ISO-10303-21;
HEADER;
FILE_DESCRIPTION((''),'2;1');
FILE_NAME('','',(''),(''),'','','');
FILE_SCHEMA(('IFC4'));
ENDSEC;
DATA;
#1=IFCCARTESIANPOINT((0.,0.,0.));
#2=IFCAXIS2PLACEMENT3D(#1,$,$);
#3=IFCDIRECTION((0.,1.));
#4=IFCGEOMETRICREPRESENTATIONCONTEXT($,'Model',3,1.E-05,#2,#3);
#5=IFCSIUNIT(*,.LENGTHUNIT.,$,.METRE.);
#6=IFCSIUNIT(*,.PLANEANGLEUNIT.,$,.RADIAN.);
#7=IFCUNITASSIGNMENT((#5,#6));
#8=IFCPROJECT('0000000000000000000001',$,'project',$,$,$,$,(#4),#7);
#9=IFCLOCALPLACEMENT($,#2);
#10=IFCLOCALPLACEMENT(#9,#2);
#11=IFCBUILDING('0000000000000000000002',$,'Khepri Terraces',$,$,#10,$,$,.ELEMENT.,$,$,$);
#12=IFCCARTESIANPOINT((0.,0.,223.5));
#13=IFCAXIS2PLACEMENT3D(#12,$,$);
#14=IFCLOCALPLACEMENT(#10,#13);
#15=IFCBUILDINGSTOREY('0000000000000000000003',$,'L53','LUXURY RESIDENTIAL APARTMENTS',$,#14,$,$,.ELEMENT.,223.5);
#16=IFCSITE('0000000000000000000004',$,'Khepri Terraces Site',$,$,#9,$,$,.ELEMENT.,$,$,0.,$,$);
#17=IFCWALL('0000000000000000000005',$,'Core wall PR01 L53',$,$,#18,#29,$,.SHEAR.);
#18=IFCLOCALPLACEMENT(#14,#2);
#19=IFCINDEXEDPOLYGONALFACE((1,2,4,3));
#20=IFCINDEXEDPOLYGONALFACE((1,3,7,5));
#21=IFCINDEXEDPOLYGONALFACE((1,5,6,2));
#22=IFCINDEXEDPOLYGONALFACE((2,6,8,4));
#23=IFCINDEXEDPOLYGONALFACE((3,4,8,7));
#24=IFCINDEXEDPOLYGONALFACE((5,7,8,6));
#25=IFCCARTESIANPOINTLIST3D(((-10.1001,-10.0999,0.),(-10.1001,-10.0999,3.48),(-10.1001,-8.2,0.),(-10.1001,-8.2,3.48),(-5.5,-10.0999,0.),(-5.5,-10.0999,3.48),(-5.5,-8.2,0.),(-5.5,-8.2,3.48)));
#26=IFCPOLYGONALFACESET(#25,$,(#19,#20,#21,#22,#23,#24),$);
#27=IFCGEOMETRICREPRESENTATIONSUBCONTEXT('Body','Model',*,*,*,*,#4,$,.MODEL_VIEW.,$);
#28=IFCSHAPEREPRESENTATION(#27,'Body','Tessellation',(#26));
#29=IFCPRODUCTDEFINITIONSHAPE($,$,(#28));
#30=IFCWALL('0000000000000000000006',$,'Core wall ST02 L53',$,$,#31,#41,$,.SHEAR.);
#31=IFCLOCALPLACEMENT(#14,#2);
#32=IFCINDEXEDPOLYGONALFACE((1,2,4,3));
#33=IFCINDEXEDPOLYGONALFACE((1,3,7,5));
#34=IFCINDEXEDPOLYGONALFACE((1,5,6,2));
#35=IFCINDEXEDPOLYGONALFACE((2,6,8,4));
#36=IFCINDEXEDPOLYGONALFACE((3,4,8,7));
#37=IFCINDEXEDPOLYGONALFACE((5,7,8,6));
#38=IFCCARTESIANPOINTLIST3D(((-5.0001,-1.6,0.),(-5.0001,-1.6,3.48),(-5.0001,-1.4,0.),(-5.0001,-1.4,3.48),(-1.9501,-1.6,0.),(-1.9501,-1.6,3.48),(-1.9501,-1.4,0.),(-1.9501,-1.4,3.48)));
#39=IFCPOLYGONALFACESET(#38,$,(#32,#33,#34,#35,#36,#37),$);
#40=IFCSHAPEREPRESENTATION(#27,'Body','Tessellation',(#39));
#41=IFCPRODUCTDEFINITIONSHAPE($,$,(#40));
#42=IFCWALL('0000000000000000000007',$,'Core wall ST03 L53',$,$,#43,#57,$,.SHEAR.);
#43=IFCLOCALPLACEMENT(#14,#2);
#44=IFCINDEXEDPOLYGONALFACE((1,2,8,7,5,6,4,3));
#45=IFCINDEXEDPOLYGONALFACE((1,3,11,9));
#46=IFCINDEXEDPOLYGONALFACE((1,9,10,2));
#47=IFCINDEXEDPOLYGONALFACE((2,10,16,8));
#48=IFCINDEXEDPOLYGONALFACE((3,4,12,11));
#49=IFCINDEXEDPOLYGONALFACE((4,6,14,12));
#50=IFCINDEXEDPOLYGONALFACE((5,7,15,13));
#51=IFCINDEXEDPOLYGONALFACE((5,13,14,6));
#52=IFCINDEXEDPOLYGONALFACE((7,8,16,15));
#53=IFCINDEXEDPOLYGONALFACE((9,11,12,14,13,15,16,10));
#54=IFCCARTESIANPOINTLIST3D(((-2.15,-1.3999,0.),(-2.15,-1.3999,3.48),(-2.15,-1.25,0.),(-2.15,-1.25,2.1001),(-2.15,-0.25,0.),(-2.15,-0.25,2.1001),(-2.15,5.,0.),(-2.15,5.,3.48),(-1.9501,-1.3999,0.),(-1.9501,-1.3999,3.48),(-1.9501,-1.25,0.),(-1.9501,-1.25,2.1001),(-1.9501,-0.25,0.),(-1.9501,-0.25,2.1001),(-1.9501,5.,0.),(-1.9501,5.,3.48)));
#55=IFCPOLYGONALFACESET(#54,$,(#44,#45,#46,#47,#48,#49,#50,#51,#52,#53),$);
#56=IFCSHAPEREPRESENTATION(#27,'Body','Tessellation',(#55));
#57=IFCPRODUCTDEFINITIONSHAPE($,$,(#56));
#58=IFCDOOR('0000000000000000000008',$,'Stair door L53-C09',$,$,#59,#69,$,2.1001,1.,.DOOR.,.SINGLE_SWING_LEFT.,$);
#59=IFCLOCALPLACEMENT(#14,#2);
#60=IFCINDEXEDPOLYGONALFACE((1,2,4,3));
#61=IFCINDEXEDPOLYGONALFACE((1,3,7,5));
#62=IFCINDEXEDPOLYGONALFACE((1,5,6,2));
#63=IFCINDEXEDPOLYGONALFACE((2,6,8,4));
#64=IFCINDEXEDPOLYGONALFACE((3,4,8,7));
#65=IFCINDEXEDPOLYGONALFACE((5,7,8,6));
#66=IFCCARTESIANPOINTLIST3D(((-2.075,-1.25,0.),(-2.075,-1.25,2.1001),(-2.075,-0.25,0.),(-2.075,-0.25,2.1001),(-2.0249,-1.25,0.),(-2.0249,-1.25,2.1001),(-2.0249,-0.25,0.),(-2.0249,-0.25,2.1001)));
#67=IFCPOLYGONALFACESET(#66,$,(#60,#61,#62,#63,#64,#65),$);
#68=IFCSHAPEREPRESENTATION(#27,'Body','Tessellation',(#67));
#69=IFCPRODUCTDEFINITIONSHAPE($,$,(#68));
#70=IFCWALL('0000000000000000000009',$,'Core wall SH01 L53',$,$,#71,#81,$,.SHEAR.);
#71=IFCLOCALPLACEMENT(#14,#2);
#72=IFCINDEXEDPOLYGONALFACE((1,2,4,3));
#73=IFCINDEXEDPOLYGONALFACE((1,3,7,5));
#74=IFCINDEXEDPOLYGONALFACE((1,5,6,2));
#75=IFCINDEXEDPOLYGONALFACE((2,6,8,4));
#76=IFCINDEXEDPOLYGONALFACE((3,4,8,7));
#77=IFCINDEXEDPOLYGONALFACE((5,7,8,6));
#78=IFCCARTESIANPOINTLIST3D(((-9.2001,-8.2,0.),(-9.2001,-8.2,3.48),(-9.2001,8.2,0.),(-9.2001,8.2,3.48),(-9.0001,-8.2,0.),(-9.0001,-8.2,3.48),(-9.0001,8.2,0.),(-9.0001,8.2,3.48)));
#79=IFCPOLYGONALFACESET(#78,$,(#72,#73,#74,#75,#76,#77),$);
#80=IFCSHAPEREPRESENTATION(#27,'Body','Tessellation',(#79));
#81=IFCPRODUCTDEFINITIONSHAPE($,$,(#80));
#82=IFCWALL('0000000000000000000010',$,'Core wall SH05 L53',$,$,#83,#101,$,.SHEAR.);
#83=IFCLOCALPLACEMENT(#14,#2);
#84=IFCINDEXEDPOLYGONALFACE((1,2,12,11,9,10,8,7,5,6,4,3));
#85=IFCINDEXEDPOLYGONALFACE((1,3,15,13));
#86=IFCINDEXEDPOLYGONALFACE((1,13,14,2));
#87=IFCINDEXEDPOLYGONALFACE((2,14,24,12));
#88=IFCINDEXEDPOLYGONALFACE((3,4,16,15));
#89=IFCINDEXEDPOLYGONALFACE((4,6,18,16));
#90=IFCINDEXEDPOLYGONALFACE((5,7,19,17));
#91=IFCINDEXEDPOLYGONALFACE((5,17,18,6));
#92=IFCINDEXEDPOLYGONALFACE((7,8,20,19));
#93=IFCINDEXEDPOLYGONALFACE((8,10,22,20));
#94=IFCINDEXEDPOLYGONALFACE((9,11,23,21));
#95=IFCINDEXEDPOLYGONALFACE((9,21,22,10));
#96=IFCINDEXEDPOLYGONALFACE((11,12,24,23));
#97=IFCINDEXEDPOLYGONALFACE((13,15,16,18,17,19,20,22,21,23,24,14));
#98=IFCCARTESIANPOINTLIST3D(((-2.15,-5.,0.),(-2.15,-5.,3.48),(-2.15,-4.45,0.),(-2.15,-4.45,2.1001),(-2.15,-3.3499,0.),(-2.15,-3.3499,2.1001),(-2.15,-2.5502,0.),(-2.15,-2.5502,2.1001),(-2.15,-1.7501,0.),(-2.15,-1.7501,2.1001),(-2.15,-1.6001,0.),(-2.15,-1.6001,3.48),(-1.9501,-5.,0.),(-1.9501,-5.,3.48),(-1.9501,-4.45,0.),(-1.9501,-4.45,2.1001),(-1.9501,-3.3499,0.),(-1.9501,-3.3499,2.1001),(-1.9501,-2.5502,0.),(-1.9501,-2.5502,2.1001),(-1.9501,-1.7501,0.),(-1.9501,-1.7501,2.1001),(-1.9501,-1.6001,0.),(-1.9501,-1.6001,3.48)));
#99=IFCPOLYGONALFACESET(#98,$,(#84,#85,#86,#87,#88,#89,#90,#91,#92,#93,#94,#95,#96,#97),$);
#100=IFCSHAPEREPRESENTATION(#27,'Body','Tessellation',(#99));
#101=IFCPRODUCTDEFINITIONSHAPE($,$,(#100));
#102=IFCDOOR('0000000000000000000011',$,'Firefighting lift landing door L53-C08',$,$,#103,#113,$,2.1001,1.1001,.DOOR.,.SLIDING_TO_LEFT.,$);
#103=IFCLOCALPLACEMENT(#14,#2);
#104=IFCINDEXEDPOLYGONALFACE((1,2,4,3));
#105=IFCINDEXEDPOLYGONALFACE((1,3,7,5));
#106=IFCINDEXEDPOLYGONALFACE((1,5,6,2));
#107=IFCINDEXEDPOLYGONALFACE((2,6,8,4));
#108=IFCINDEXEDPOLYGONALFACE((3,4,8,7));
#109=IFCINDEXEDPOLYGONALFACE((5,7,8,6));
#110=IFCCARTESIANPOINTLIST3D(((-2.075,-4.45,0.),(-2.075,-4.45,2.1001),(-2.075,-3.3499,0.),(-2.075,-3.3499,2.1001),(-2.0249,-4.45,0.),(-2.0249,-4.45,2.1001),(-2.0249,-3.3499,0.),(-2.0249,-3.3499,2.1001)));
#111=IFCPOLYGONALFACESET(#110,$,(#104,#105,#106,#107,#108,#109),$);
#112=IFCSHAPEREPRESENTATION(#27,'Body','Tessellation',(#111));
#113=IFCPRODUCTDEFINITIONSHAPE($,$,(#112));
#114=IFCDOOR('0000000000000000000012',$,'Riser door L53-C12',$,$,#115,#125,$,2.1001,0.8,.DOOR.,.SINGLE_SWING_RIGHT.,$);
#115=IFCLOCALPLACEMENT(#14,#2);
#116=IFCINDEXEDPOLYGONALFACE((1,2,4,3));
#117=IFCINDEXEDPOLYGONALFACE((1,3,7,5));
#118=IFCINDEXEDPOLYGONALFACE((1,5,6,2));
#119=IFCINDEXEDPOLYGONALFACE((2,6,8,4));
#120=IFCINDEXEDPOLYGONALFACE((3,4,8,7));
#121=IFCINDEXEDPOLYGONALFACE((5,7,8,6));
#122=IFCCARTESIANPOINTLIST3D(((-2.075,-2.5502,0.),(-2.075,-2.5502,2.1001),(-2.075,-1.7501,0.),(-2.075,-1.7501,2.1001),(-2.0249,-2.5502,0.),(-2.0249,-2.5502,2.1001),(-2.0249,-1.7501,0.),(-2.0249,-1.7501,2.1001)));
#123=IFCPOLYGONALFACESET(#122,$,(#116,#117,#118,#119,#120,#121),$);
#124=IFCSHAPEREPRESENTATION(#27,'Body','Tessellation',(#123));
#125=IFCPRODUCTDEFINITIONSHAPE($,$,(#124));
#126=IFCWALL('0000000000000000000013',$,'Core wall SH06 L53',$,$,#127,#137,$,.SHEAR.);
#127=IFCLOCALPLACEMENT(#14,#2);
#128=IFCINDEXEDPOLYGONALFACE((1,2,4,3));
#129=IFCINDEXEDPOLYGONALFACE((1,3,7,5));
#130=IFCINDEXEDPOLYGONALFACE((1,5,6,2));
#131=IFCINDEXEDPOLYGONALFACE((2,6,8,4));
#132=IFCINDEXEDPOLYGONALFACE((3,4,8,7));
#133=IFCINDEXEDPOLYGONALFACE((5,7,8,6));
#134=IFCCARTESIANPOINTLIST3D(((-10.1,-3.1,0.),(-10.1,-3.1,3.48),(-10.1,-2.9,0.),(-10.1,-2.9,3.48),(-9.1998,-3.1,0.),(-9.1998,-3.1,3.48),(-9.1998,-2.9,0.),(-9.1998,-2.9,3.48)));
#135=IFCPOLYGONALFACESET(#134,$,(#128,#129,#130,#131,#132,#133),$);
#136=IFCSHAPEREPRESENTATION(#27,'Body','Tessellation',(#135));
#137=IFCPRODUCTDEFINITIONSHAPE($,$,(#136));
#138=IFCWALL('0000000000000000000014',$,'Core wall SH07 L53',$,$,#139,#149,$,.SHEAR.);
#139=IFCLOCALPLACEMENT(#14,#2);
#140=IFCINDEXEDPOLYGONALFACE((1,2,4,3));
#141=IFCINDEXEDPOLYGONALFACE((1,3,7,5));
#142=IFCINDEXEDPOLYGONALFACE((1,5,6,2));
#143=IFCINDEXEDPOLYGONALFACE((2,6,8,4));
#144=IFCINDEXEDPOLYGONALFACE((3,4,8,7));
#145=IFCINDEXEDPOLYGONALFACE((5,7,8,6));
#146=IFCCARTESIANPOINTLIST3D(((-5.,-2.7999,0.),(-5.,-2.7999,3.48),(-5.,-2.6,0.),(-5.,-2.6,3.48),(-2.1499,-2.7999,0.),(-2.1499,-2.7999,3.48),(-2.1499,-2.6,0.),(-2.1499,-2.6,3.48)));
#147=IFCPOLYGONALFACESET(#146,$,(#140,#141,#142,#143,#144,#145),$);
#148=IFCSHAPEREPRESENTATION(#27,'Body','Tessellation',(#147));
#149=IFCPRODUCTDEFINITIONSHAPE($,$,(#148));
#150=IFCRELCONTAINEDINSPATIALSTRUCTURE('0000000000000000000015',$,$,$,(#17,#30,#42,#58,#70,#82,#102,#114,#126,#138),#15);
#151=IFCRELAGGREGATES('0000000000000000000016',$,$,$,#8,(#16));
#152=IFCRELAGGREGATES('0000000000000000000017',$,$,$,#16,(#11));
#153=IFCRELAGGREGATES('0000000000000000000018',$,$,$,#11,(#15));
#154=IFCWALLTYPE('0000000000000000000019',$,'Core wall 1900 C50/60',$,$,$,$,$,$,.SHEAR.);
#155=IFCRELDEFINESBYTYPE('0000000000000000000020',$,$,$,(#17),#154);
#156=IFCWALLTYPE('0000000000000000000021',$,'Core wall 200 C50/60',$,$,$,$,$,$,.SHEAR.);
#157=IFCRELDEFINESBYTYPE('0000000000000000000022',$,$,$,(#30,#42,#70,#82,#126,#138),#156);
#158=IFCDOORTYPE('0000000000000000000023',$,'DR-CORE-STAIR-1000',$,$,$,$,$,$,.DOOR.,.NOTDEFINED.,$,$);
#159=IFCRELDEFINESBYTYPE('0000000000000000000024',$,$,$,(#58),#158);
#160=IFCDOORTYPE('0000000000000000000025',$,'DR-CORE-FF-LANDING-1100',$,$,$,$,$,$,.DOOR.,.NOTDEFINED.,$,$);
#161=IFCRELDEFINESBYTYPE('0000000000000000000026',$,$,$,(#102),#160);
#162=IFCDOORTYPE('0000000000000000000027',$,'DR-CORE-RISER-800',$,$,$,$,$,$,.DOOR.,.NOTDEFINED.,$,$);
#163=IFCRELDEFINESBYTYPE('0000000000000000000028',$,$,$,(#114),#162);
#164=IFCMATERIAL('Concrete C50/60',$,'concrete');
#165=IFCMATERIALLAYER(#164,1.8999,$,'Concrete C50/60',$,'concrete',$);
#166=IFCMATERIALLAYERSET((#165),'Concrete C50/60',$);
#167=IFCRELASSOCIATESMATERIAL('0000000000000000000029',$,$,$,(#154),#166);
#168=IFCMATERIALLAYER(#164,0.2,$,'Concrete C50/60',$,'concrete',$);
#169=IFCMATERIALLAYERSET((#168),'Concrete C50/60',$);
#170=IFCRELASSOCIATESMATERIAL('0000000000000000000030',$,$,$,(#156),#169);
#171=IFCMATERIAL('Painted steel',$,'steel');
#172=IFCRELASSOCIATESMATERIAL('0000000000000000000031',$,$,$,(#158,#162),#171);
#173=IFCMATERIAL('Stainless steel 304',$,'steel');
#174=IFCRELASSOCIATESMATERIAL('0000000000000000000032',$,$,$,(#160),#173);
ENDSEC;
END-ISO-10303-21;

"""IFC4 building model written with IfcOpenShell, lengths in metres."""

from ifc_helpers import new_model, si_unit, direction, frame, frame_2d, origin, place, context, subcontext, project, spatial, rectangle, extrude, material, layer, layer_set, type_object, element, fill, save


model = new_model("IFC4")

# Units and contexts
model_context = context("Model", 3, precision=1e-05, world=origin(), true_north=direction((0.0, 1.0)))
body_context = subcontext(model_context, "Body", "Model", "MODEL_VIEW")
ifc_project = project(units=[si_unit("LENGTHUNIT", "METRE"), si_unit("PLANEANGLEUNIT", "RADIAN")], contexts=[model_context])

# Site, building, storey
site_placement = place(None, origin())
site = spatial("IfcSite", under=ifc_project, at=site_placement, Name="Khepri Terraces Site", CompositionType="ELEMENT", RefElevation=0.0)
building_placement = place(site_placement, origin())
building = spatial("IfcBuilding", under=site, at=building_placement, Name="Khepri Terraces", CompositionType="ELEMENT")
storey_placement = place(building_placement, frame((0.0, 0.0, 223.5)))
storey = spatial("IfcBuildingStorey", under=building, at=storey_placement, Name="L53", Description="LUXURY RESIDENTIAL APARTMENTS", CompositionType="ELEMENT", Elevation=223.5)

# Walls
ifc_material_1 = material(Name="Concrete C50/60", Category="concrete")
ifc_layer_1 = layer(ifc_material_1, 1.8999, Name="Concrete C50/60", Category="concrete")
ifc_layer_set_1 = layer_set([ifc_layer_1], Name="Concrete C50/60")
wall_type_1 = type_object("IfcWallType", Name="Core wall 1900 C50/60", PredefinedType="SHEAR", material=ifc_layer_set_1)
wall_1_placement = place(storey_placement, frame((-10.1001, -9.1499, 0.0), z_axis=(0.0, 0.0, 1.0), x_axis=(1.0, 0.0, 0.0)))
element("IfcWall", 1, at=wall_1_placement, inside=storey, type_object=wall_type_1, Name="Core wall PR01 L53", PredefinedType="SHEAR", context=body_context, shape_type="SweptSolid", body=[
    extrude(rectangle(XDim=4.6001, YDim=1.8999, at=frame_2d((2.3, 0.0))), origin(), (0.0, 0.0, 1.0), 3.48),
])
ifc_layer_2 = layer(ifc_material_1, 0.2, Name="Concrete C50/60", Category="concrete")
ifc_layer_set_2 = layer_set([ifc_layer_2], Name="Concrete C50/60")
wall_type_2 = type_object("IfcWallType", Name="Core wall 200 C50/60", PredefinedType="SHEAR", material=ifc_layer_set_2)
wall_2_placement = place(storey_placement, frame((-5.0, -1.5, 0.0), z_axis=(0.0, 0.0, 1.0), x_axis=(1.0, 0.0, 0.0)))
element("IfcWall", 2, at=wall_2_placement, inside=storey, type_object=wall_type_2, Name="Core wall ST02 L53", PredefinedType="SHEAR", context=body_context, shape_type="SweptSolid", body=[
    extrude(rectangle(XDim=3.05, YDim=0.2, at=frame_2d((1.5249, 0.0))), origin(), (0.0, 0.0, 1.0), 3.48),
])

# Wall, opening, door
wall_3_placement = place(storey_placement, frame((-2.05, -1.3999, 0.0), z_axis=(0.0, 0.0, 1.0), x_axis=(0.0, 1.0, 0.0)))
wall_3 = element("IfcWall", 3, at=wall_3_placement, inside=storey, type_object=wall_type_2, Name="Core wall ST03 L53", PredefinedType="SHEAR", context=body_context, shape_type="SweptSolid", body=[
    extrude(rectangle(XDim=6.3999, YDim=0.2, at=frame_2d((3.2, 0.0))), origin(), (0.0, 0.0, 1.0), 3.48),
])
opening_1_placement = place(wall_3_placement, frame((0.1499, 0.0, 0.0)))
opening_1 = element("IfcOpeningElement", 4, at=opening_1_placement, cuts=wall_3, PredefinedType="OPENING", context=body_context, shape_type="SweptSolid", body=[
    extrude(rectangle(XDim=1.0, YDim=2.1001, at=frame_2d((0.5, 1.05))), frame((0.0, 0.1099, 0.0), z_axis=(0.0, -1.0, 0.0), x_axis=(1.0, 0.0, 0.0)), (0.0, 0.0, 1.0), 0.22),
])
ifc_material_2 = material(Name="Painted steel", Category="steel")
door_type_1 = type_object("IfcDoorType", Name="DR-CORE-STAIR-1000", OperationType="NOTDEFINED", PredefinedType="DOOR", material=ifc_material_2)
door_1_placement = place(opening_1_placement, origin())
door_1 = element("IfcDoor", 5, at=door_1_placement, inside=storey, type_object=door_type_1, Name="Stair door L53-C09", OperationType="SINGLE_SWING_LEFT", OverallHeight=2.1001, OverallWidth=1.0, PredefinedType="DOOR", context=body_context, shape_type="SweptSolid", body=[
    extrude(rectangle(XDim=1.0, YDim=2.1001, at=frame_2d((0.5, 1.05))), frame((0.0, 0.0249, 0.0), z_axis=(0.0, -1.0, 0.0), x_axis=(1.0, 0.0, 0.0)), (0.0, 0.0, 1.0), 0.05),
])
fill(opening_1, door_1)

# Wall
wall_4_placement = place(storey_placement, frame((-9.1001, -8.2, 0.0), z_axis=(0.0, 0.0, 1.0), x_axis=(0.0, 1.0, 0.0)))
element("IfcWall", 6, at=wall_4_placement, inside=storey, type_object=wall_type_2, Name="Core wall SH01 L53", PredefinedType="SHEAR", context=body_context, shape_type="SweptSolid", body=[
    extrude(rectangle(XDim=16.3999, YDim=0.2, at=frame_2d((8.2, 0.0))), origin(), (0.0, 0.0, 1.0), 3.48),
])

# Wall, openings, doors
wall_5_placement = place(storey_placement, frame((-2.05, -5.0, 0.0), z_axis=(0.0, 0.0, 1.0), x_axis=(0.0, 1.0, 0.0)))
wall_5 = element("IfcWall", 7, at=wall_5_placement, inside=storey, type_object=wall_type_2, Name="Core wall SH05 L53", PredefinedType="SHEAR", context=body_context, shape_type="SweptSolid", body=[
    extrude(rectangle(XDim=3.3999, YDim=0.2, at=frame_2d((1.7, 0.0))), origin(), (0.0, 0.0, 1.0), 3.48),
])
opening_2_placement = place(wall_5_placement, frame((0.55, 0.0, 0.0)))
opening_2 = element("IfcOpeningElement", 8, at=opening_2_placement, cuts=wall_5, PredefinedType="OPENING", context=body_context, shape_type="SweptSolid", body=[
    extrude(rectangle(XDim=1.1001, YDim=2.1001, at=frame_2d((0.55, 1.05))), frame((0.0, 0.1099, 0.0), z_axis=(0.0, -1.0, 0.0), x_axis=(1.0, 0.0, 0.0)), (0.0, 0.0, 1.0), 0.22),
])
opening_3_placement = place(wall_5_placement, frame((2.45, 0.0, 0.0)))
opening_3 = element("IfcOpeningElement", 9, at=opening_3_placement, cuts=wall_5, PredefinedType="OPENING", context=body_context, shape_type="SweptSolid", body=[
    extrude(rectangle(XDim=0.8, YDim=2.1001, at=frame_2d((0.3999, 1.05))), frame((0.0, 0.1099, 0.0), z_axis=(0.0, -1.0, 0.0), x_axis=(1.0, 0.0, 0.0)), (0.0, 0.0, 1.0), 0.22),
])
ifc_material_3 = material(Name="Stainless steel 304", Category="steel")
door_type_2 = type_object("IfcDoorType", Name="DR-CORE-FF-LANDING-1100", OperationType="NOTDEFINED", PredefinedType="DOOR", material=ifc_material_3)
door_2_placement = place(opening_2_placement, origin())
door_2 = element("IfcDoor", 10, at=door_2_placement, inside=storey, type_object=door_type_2, Name="Firefighting lift landing door L53-C08", OperationType="SLIDING_TO_LEFT", OverallHeight=2.1001, OverallWidth=1.1001, PredefinedType="DOOR", context=body_context, shape_type="SweptSolid", body=[
    extrude(rectangle(XDim=1.1001, YDim=2.1001, at=frame_2d((0.55, 1.05))), frame((0.0, 0.0249, 0.0), z_axis=(0.0, -1.0, 0.0), x_axis=(1.0, 0.0, 0.0)), (0.0, 0.0, 1.0), 0.05),
])
fill(opening_2, door_2)
door_type_3 = type_object("IfcDoorType", Name="DR-CORE-RISER-800", OperationType="NOTDEFINED", PredefinedType="DOOR", material=ifc_material_2)
door_3_placement = place(opening_3_placement, origin())
door_3 = element("IfcDoor", 11, at=door_3_placement, inside=storey, type_object=door_type_3, Name="Riser door L53-C12", OperationType="SINGLE_SWING_RIGHT", OverallHeight=2.1001, OverallWidth=0.8, PredefinedType="DOOR", context=body_context, shape_type="SweptSolid", body=[
    extrude(rectangle(XDim=0.8, YDim=2.1001, at=frame_2d((0.3999, 1.05))), frame((0.0, 0.0249, 0.0), z_axis=(0.0, -1.0, 0.0), x_axis=(1.0, 0.0, 0.0)), (0.0, 0.0, 1.0), 0.05),
])
fill(opening_3, door_3)

# Walls
wall_6_placement = place(storey_placement, frame((-10.1001, -3.0, 0.0), z_axis=(0.0, 0.0, 1.0), x_axis=(1.0, 0.0, 0.0)))
element("IfcWall", 12, at=wall_6_placement, inside=storey, type_object=wall_type_2, Name="Core wall SH06 L53", PredefinedType="SHEAR", context=body_context, shape_type="SweptSolid", body=[
    extrude(rectangle(XDim=0.9001, YDim=0.2, at=frame_2d((0.4502, 0.0))), origin(), (0.0, 0.0, 1.0), 3.48),
])
wall_7_placement = place(storey_placement, frame((-5.0, -2.7, 0.0), z_axis=(0.0, 0.0, 1.0), x_axis=(1.0, 0.0, 0.0)))
element("IfcWall", 13, at=wall_7_placement, inside=storey, type_object=wall_type_2, Name="Core wall SH07 L53", PredefinedType="SHEAR", context=body_context, shape_type="SweptSolid", body=[
    extrude(rectangle(XDim=2.8501, YDim=0.2, at=frame_2d((1.425, 0.0))), origin(), (0.0, 0.0, 1.0), 3.48),
])

save(model, "model.ifc")
